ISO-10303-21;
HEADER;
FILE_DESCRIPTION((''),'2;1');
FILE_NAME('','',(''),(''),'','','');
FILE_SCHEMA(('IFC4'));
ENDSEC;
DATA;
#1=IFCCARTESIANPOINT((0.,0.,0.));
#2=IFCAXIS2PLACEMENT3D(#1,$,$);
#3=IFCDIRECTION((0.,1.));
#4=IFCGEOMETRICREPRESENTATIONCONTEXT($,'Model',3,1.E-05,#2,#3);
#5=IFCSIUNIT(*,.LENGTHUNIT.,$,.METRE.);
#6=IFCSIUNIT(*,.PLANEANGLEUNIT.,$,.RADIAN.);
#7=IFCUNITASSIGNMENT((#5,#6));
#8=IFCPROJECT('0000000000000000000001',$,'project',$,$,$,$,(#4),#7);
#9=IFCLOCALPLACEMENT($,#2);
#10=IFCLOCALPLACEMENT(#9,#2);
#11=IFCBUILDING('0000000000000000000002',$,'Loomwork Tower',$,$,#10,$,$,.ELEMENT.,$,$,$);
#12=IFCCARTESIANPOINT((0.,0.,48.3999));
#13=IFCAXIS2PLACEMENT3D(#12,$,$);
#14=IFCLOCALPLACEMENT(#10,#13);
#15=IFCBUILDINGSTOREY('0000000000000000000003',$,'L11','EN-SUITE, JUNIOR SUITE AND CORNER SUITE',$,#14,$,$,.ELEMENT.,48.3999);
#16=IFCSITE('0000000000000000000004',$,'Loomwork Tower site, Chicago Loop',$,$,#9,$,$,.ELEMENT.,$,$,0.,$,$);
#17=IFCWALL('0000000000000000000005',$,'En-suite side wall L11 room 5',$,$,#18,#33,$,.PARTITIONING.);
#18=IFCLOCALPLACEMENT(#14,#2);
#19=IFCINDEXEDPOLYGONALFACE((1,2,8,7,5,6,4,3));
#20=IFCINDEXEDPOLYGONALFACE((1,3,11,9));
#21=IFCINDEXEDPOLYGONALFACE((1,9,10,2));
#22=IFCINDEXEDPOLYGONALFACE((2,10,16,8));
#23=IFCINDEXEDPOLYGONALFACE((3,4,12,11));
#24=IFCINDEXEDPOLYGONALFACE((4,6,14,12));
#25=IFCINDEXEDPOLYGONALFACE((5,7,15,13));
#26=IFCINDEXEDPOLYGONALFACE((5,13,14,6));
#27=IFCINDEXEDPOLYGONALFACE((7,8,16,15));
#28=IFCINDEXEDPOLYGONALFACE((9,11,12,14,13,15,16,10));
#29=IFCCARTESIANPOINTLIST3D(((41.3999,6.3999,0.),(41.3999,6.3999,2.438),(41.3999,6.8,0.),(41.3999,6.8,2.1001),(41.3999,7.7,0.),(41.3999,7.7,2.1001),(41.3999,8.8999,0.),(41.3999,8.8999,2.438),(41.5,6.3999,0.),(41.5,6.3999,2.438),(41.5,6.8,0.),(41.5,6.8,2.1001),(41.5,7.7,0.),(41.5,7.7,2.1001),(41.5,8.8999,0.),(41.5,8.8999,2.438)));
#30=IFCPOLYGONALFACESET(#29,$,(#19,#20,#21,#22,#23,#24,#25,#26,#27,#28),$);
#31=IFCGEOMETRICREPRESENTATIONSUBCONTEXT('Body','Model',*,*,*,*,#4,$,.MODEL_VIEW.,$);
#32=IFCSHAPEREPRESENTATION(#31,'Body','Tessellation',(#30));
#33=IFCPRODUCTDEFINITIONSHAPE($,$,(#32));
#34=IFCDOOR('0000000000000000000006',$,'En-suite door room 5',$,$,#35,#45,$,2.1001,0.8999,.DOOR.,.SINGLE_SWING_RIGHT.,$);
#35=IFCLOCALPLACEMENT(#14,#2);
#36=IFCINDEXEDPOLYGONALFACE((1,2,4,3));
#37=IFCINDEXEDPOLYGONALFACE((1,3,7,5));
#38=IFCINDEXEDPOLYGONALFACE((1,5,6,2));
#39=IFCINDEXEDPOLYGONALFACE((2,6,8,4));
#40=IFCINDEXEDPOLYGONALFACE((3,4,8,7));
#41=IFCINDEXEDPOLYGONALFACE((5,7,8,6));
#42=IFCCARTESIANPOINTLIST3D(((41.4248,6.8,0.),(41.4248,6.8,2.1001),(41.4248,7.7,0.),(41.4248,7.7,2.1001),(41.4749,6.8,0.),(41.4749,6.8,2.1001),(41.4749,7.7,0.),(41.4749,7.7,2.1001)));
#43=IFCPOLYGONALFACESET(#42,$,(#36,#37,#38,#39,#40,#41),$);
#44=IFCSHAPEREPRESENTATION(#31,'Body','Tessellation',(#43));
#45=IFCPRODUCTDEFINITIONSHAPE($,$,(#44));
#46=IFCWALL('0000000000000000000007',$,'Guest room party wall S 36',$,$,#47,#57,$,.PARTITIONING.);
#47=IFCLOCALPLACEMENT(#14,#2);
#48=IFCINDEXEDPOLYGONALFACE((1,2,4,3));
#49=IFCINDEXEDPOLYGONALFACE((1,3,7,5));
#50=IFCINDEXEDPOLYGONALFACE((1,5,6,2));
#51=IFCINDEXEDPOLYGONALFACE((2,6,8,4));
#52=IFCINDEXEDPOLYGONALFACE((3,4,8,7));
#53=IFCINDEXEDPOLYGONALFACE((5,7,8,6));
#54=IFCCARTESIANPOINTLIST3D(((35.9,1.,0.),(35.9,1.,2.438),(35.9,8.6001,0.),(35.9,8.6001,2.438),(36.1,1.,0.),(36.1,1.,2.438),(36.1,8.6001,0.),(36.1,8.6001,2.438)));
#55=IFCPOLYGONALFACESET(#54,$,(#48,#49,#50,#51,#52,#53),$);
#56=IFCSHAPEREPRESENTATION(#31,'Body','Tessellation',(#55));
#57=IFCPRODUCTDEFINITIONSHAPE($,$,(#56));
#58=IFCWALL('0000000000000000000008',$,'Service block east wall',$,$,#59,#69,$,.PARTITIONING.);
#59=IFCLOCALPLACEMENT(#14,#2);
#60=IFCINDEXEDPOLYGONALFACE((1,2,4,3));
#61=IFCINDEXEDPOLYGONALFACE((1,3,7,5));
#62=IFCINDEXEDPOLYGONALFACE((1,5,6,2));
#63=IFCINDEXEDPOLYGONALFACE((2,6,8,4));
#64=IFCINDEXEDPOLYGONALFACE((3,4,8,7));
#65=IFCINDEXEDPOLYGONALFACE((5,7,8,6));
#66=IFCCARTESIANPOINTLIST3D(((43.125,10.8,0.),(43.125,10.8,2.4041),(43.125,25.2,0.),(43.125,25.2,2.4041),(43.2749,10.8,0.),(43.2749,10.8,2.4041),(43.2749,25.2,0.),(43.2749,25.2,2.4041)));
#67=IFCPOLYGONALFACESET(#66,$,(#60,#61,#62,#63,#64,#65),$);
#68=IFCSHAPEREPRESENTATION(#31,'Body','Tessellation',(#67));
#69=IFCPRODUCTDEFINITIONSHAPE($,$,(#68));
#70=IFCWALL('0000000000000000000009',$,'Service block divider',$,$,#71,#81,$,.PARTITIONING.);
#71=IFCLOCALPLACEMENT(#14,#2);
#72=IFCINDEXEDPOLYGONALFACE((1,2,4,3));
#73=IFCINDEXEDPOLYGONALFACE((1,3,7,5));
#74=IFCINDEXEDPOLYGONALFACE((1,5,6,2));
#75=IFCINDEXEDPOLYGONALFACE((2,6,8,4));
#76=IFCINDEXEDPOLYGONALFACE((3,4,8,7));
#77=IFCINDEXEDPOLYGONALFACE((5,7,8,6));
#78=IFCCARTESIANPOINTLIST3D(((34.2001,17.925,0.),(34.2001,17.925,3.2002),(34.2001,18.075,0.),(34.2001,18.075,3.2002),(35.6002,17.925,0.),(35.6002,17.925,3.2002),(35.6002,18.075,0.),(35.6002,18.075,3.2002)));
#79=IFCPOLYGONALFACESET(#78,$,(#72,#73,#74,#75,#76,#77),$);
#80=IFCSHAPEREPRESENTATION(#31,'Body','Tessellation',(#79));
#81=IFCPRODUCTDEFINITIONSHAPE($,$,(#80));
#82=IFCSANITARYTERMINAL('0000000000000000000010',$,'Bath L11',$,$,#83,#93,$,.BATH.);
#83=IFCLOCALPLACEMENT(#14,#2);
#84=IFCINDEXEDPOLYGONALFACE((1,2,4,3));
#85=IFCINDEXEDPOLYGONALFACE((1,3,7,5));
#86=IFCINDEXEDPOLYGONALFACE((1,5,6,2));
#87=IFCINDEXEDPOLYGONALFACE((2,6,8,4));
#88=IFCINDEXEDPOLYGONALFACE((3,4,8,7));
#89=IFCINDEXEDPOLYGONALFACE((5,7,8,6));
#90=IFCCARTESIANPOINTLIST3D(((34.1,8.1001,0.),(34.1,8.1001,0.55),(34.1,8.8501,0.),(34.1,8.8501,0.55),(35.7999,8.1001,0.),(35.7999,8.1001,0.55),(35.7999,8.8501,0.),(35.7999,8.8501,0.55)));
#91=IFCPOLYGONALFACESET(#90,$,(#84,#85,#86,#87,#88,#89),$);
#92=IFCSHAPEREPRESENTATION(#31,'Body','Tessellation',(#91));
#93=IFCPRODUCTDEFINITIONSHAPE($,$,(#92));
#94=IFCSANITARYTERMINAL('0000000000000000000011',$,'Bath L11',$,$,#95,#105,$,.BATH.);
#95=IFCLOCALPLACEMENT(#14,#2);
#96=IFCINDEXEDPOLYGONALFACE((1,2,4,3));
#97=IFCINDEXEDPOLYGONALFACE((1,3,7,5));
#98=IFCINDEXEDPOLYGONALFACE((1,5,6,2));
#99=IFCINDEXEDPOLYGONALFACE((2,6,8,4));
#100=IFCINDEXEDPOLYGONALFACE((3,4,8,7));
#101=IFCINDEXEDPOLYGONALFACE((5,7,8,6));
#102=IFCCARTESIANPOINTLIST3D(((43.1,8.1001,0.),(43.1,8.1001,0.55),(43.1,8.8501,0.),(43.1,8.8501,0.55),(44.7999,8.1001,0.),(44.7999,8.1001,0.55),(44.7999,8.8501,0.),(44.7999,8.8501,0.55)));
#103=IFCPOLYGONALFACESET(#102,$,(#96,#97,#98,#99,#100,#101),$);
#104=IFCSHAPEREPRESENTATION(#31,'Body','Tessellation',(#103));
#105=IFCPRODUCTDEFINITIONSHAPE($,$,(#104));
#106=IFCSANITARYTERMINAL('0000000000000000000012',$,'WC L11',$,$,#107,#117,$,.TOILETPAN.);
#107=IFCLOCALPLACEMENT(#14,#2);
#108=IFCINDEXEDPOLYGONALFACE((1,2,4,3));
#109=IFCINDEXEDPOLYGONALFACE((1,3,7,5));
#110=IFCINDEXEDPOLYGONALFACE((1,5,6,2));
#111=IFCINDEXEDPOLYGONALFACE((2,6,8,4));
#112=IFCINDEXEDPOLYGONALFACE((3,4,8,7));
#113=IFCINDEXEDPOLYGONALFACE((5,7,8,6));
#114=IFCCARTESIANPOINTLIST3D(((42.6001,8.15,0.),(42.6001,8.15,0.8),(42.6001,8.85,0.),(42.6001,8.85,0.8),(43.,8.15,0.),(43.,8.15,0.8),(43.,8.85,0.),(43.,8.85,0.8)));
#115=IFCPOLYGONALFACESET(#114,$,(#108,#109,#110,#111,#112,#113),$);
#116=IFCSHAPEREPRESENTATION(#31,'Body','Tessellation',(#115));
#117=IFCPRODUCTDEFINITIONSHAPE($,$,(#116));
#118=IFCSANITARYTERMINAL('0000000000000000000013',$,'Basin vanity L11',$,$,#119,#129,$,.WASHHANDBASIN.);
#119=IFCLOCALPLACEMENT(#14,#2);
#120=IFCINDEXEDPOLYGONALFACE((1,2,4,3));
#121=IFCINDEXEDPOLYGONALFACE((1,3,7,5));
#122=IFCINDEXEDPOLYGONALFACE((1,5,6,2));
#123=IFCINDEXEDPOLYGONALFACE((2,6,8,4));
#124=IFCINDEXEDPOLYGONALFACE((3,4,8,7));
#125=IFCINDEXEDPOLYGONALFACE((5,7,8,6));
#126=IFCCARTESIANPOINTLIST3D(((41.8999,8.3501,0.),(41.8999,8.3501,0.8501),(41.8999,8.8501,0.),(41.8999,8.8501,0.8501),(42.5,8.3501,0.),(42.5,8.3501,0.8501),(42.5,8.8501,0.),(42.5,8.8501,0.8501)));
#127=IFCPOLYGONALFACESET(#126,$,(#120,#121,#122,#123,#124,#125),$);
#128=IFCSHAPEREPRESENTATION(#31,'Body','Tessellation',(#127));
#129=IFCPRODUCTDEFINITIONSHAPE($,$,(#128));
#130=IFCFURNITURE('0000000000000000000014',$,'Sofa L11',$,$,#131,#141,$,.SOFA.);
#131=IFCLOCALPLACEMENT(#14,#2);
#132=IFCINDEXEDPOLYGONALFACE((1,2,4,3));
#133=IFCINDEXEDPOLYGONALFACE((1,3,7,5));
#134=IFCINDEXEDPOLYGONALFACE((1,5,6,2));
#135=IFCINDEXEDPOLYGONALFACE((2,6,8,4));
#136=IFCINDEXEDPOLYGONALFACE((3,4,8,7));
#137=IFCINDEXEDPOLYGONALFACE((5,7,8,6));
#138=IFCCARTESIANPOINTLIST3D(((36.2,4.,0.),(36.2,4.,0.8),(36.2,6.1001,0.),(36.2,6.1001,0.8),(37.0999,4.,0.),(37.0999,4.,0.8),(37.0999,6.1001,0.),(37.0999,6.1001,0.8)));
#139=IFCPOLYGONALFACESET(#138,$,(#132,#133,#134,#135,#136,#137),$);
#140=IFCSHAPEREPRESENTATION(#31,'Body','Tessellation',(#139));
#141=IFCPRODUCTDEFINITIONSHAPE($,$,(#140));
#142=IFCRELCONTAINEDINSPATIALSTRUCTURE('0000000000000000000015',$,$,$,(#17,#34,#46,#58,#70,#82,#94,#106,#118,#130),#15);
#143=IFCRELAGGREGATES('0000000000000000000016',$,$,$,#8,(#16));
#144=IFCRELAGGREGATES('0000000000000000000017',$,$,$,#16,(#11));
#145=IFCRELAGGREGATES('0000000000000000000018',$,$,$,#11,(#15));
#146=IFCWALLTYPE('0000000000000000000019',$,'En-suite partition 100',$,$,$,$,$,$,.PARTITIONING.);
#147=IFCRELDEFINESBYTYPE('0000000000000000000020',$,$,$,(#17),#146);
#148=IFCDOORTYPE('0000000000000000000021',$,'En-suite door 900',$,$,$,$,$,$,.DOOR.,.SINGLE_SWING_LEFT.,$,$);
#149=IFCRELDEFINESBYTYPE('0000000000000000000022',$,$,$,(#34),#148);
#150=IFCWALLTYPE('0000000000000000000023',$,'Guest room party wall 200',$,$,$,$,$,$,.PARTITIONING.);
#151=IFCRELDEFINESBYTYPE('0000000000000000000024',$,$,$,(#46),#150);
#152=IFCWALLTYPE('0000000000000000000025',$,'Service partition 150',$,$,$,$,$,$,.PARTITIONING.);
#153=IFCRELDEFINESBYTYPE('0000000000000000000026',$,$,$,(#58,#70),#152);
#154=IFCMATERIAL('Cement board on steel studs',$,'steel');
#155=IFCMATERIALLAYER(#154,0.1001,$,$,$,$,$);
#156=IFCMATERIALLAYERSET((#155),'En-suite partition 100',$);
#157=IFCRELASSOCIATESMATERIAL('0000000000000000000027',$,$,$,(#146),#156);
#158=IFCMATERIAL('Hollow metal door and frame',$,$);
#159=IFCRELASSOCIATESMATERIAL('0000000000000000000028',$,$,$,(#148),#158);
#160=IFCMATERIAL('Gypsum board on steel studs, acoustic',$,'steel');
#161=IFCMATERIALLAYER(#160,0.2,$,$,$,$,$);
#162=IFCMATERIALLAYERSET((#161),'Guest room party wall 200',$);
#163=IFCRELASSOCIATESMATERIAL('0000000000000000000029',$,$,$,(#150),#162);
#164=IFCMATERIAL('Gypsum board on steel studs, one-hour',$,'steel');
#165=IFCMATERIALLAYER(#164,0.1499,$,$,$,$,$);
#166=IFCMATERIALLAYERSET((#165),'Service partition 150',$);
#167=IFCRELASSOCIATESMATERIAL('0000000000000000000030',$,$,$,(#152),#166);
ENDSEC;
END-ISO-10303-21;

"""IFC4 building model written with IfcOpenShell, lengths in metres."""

from ifc_helpers import new_model, si_unit, direction, frame, frame_2d, origin, origin_2d, place, context, subcontext, project, spatial, rectangle, extrude, material, layer, layer_set, type_object, element, fill, save


model = new_model("IFC4")

# Units and contexts
model_context = context("Model", 3, precision=1e-05, world=origin(), true_north=direction((0.0, 1.0)))
body_context = subcontext(model_context, "Body", "Model", "MODEL_VIEW")
ifc_project = project(units=[si_unit("LENGTHUNIT", "METRE"), si_unit("PLANEANGLEUNIT", "RADIAN")], contexts=[model_context])

# Site, building, storey
site_placement = place(None, origin())
site = spatial("IfcSite", under=ifc_project, at=site_placement, Name="Loomwork Tower site, Chicago Loop", CompositionType="ELEMENT", RefElevation=0.0)
building_placement = place(site_placement, origin())
building = spatial("IfcBuilding", under=site, at=building_placement, Name="Loomwork Tower", CompositionType="ELEMENT")
storey_placement = place(building_placement, frame((0.0, 0.0, 48.3999)))
storey = spatial("IfcBuildingStorey", under=building, at=storey_placement, Name="L11", Description="EN-SUITE, JUNIOR SUITE AND CORNER SUITE", CompositionType="ELEMENT", Elevation=48.3999)

# Shared definitions
ifc_material_1 = material(Name="Cement board on steel studs", Category="steel")
ifc_layer_1 = layer(ifc_material_1, 0.1001)
ifc_layer_set_1 = layer_set([ifc_layer_1], Name="En-suite partition 100")
wall_type_1 = type_object("IfcWallType", Name="En-suite partition 100", PredefinedType="PARTITIONING", material=ifc_layer_set_1)

# Wall, opening, door
wall_1_placement = place(storey_placement, frame((41.45, 8.8999, 0.0), z_axis=(0.0, 0.0, 1.0), x_axis=(0.0, -1.0, 0.0)))
wall_1 = element("IfcWall", 1, at=wall_1_placement, inside=storey, type_object=wall_type_1, Name="En-suite side wall L11 room 5", PredefinedType="PARTITIONING", context=body_context, shape_type="SweptSolid", body=[
    extrude(rectangle(XDim=2.5, YDim=0.1001, at=frame_2d((1.25, 0.0))), origin(), (0.0, 0.0, 1.0), 2.438),
])
opening_1_placement = place(wall_1_placement, frame((1.2, 0.0, 0.0)))
opening_1 = element("IfcOpeningElement", 2, at=opening_1_placement, cuts=wall_1, PredefinedType="OPENING", context=body_context, shape_type="SweptSolid", body=[
    extrude(rectangle(XDim=0.8999, YDim=2.1001, at=frame_2d((0.45, 1.05))), frame((0.0, 0.0601, 0.0), z_axis=(0.0, -1.0, 0.0), x_axis=(1.0, 0.0, 0.0)), (0.0, 0.0, 1.0), 0.1201),
])
ifc_material_2 = material(Name="Hollow metal door and frame")
door_type_1 = type_object("IfcDoorType", Name="En-suite door 900", OperationType="SINGLE_SWING_LEFT", PredefinedType="DOOR", material=ifc_material_2)
door_1_placement = place(opening_1_placement, origin())
door_1 = element("IfcDoor", 3, at=door_1_placement, inside=storey, type_object=door_type_1, Name="En-suite door room 5", OperationType="SINGLE_SWING_RIGHT", OverallHeight=2.1001, OverallWidth=0.8999, PredefinedType="DOOR", context=body_context, shape_type="SweptSolid", body=[
    extrude(rectangle(XDim=0.8999, YDim=2.1001, at=frame_2d((0.45, 1.05))), frame((0.0, 0.0249, 0.0), z_axis=(0.0, -1.0, 0.0), x_axis=(1.0, 0.0, 0.0)), (0.0, 0.0, 1.0), 0.05),
])
fill(opening_1, door_1)

# Walls
ifc_material_3 = material(Name="Gypsum board on steel studs, acoustic", Category="steel")
ifc_layer_2 = layer(ifc_material_3, 0.2)
ifc_layer_set_2 = layer_set([ifc_layer_2], Name="Guest room party wall 200")
wall_type_2 = type_object("IfcWallType", Name="Guest room party wall 200", PredefinedType="PARTITIONING", material=ifc_layer_set_2)
wall_2_placement = place(storey_placement, frame((36.0, 8.6001, 0.0), z_axis=(0.0, 0.0, 1.0), x_axis=(0.0, -1.0, 0.0)))
element("IfcWall", 4, at=wall_2_placement, inside=storey, type_object=wall_type_2, Name="Guest room party wall S 36", PredefinedType="PARTITIONING", context=body_context, shape_type="SweptSolid", body=[
    extrude(rectangle(XDim=7.6001, YDim=0.2, at=frame_2d((3.8, 0.0))), origin(), (0.0, 0.0, 1.0), 2.438),
])
ifc_material_4 = material(Name="Gypsum board on steel studs, one-hour", Category="steel")
ifc_layer_3 = layer(ifc_material_4, 0.1499)
ifc_layer_set_3 = layer_set([ifc_layer_3], Name="Service partition 150")
wall_type_3 = type_object("IfcWallType", Name="Service partition 150", PredefinedType="PARTITIONING", material=ifc_layer_set_3)
wall_3_placement = place(storey_placement, frame((43.2, 10.8, 0.0), z_axis=(0.0, 0.0, 1.0), x_axis=(0.0, 1.0, 0.0)))
element("IfcWall", 5, at=wall_3_placement, inside=storey, type_object=wall_type_3, Name="Service block east wall", PredefinedType="PARTITIONING", context=body_context, shape_type="SweptSolid", body=[
    extrude(rectangle(XDim=14.3999, YDim=0.1499, at=frame_2d((7.2, 0.0))), origin(), (0.0, 0.0, 1.0), 2.4041),
])
wall_4_placement = place(storey_placement, frame((34.2, 18.0, 0.0), z_axis=(0.0, 0.0, 1.0), x_axis=(1.0, 0.0, 0.0)))
element("IfcWall", 6, at=wall_4_placement, inside=storey, type_object=wall_type_3, Name="Service block divider", PredefinedType="PARTITIONING", context=body_context, shape_type="SweptSolid", body=[
    extrude(rectangle(XDim=1.4001, YDim=0.1499, at=frame_2d((0.7002, 0.0))), origin(), (0.0, 0.0, 1.0), 3.2002),
])

# Sanitary terminals
for number, where, z_axis, x_axis, name in (
    (7, (34.95, 8.4751, 0.0), (0.0, 0.0, 1.0), (1.0, 0.0, 0.0), "Bath L11"),
    (8, (43.95, 8.4751, 0.0), (0.0, 0.0, 1.0), (1.0, 0.0, 0.0), "Bath L11"),
):
    element("IfcSanitaryTerminal", number, at=place(storey_placement, frame(where, z_axis=z_axis, x_axis=x_axis)), inside=storey, Name=name, PredefinedType="BATH", context=body_context, shape_type="SweptSolid", body=[
        extrude(rectangle(XDim=1.7, YDim=0.75, at=origin_2d()), origin(), (0.0, 0.0, 1.0), 0.55),
    ])
sanitary_terminal_1_placement = place(storey_placement, frame((42.8, 8.5, 0.0), z_axis=(0.0, 0.0, 1.0), x_axis=(1.0, 0.0, 0.0)))
element("IfcSanitaryTerminal", 9, at=sanitary_terminal_1_placement, inside=storey, Name="WC L11", PredefinedType="TOILETPAN", context=body_context, shape_type="SweptSolid", body=[
    extrude(rectangle(XDim=0.3999, YDim=0.7, at=origin_2d()), origin(), (0.0, 0.0, 1.0), 0.8),
])
sanitary_terminal_2_placement = place(storey_placement, frame((42.2, 8.6001, 0.0), z_axis=(0.0, 0.0, 1.0), x_axis=(1.0, 0.0, 0.0)))
element("IfcSanitaryTerminal", 10, at=sanitary_terminal_2_placement, inside=storey, Name="Basin vanity L11", PredefinedType="WASHHANDBASIN", context=body_context, shape_type="SweptSolid", body=[
    extrude(rectangle(XDim=0.6001, YDim=0.5, at=origin_2d()), origin(), (0.0, 0.0, 1.0), 0.8501),
])

# Furniture
furniture_placement = place(storey_placement, frame((36.6499, 5.05, 0.0), z_axis=(0.0, 0.0, 1.0), x_axis=(1.0, 0.0, 0.0)))
element("IfcFurniture", 11, at=furniture_placement, inside=storey, Name="Sofa L11", PredefinedType="SOFA", context=body_context, shape_type="SweptSolid", body=[
    extrude(rectangle(XDim=0.8999, YDim=2.1001, at=origin_2d()), origin(), (0.0, 0.0, 1.0), 0.8),
])

save(model, "model.ifc")
